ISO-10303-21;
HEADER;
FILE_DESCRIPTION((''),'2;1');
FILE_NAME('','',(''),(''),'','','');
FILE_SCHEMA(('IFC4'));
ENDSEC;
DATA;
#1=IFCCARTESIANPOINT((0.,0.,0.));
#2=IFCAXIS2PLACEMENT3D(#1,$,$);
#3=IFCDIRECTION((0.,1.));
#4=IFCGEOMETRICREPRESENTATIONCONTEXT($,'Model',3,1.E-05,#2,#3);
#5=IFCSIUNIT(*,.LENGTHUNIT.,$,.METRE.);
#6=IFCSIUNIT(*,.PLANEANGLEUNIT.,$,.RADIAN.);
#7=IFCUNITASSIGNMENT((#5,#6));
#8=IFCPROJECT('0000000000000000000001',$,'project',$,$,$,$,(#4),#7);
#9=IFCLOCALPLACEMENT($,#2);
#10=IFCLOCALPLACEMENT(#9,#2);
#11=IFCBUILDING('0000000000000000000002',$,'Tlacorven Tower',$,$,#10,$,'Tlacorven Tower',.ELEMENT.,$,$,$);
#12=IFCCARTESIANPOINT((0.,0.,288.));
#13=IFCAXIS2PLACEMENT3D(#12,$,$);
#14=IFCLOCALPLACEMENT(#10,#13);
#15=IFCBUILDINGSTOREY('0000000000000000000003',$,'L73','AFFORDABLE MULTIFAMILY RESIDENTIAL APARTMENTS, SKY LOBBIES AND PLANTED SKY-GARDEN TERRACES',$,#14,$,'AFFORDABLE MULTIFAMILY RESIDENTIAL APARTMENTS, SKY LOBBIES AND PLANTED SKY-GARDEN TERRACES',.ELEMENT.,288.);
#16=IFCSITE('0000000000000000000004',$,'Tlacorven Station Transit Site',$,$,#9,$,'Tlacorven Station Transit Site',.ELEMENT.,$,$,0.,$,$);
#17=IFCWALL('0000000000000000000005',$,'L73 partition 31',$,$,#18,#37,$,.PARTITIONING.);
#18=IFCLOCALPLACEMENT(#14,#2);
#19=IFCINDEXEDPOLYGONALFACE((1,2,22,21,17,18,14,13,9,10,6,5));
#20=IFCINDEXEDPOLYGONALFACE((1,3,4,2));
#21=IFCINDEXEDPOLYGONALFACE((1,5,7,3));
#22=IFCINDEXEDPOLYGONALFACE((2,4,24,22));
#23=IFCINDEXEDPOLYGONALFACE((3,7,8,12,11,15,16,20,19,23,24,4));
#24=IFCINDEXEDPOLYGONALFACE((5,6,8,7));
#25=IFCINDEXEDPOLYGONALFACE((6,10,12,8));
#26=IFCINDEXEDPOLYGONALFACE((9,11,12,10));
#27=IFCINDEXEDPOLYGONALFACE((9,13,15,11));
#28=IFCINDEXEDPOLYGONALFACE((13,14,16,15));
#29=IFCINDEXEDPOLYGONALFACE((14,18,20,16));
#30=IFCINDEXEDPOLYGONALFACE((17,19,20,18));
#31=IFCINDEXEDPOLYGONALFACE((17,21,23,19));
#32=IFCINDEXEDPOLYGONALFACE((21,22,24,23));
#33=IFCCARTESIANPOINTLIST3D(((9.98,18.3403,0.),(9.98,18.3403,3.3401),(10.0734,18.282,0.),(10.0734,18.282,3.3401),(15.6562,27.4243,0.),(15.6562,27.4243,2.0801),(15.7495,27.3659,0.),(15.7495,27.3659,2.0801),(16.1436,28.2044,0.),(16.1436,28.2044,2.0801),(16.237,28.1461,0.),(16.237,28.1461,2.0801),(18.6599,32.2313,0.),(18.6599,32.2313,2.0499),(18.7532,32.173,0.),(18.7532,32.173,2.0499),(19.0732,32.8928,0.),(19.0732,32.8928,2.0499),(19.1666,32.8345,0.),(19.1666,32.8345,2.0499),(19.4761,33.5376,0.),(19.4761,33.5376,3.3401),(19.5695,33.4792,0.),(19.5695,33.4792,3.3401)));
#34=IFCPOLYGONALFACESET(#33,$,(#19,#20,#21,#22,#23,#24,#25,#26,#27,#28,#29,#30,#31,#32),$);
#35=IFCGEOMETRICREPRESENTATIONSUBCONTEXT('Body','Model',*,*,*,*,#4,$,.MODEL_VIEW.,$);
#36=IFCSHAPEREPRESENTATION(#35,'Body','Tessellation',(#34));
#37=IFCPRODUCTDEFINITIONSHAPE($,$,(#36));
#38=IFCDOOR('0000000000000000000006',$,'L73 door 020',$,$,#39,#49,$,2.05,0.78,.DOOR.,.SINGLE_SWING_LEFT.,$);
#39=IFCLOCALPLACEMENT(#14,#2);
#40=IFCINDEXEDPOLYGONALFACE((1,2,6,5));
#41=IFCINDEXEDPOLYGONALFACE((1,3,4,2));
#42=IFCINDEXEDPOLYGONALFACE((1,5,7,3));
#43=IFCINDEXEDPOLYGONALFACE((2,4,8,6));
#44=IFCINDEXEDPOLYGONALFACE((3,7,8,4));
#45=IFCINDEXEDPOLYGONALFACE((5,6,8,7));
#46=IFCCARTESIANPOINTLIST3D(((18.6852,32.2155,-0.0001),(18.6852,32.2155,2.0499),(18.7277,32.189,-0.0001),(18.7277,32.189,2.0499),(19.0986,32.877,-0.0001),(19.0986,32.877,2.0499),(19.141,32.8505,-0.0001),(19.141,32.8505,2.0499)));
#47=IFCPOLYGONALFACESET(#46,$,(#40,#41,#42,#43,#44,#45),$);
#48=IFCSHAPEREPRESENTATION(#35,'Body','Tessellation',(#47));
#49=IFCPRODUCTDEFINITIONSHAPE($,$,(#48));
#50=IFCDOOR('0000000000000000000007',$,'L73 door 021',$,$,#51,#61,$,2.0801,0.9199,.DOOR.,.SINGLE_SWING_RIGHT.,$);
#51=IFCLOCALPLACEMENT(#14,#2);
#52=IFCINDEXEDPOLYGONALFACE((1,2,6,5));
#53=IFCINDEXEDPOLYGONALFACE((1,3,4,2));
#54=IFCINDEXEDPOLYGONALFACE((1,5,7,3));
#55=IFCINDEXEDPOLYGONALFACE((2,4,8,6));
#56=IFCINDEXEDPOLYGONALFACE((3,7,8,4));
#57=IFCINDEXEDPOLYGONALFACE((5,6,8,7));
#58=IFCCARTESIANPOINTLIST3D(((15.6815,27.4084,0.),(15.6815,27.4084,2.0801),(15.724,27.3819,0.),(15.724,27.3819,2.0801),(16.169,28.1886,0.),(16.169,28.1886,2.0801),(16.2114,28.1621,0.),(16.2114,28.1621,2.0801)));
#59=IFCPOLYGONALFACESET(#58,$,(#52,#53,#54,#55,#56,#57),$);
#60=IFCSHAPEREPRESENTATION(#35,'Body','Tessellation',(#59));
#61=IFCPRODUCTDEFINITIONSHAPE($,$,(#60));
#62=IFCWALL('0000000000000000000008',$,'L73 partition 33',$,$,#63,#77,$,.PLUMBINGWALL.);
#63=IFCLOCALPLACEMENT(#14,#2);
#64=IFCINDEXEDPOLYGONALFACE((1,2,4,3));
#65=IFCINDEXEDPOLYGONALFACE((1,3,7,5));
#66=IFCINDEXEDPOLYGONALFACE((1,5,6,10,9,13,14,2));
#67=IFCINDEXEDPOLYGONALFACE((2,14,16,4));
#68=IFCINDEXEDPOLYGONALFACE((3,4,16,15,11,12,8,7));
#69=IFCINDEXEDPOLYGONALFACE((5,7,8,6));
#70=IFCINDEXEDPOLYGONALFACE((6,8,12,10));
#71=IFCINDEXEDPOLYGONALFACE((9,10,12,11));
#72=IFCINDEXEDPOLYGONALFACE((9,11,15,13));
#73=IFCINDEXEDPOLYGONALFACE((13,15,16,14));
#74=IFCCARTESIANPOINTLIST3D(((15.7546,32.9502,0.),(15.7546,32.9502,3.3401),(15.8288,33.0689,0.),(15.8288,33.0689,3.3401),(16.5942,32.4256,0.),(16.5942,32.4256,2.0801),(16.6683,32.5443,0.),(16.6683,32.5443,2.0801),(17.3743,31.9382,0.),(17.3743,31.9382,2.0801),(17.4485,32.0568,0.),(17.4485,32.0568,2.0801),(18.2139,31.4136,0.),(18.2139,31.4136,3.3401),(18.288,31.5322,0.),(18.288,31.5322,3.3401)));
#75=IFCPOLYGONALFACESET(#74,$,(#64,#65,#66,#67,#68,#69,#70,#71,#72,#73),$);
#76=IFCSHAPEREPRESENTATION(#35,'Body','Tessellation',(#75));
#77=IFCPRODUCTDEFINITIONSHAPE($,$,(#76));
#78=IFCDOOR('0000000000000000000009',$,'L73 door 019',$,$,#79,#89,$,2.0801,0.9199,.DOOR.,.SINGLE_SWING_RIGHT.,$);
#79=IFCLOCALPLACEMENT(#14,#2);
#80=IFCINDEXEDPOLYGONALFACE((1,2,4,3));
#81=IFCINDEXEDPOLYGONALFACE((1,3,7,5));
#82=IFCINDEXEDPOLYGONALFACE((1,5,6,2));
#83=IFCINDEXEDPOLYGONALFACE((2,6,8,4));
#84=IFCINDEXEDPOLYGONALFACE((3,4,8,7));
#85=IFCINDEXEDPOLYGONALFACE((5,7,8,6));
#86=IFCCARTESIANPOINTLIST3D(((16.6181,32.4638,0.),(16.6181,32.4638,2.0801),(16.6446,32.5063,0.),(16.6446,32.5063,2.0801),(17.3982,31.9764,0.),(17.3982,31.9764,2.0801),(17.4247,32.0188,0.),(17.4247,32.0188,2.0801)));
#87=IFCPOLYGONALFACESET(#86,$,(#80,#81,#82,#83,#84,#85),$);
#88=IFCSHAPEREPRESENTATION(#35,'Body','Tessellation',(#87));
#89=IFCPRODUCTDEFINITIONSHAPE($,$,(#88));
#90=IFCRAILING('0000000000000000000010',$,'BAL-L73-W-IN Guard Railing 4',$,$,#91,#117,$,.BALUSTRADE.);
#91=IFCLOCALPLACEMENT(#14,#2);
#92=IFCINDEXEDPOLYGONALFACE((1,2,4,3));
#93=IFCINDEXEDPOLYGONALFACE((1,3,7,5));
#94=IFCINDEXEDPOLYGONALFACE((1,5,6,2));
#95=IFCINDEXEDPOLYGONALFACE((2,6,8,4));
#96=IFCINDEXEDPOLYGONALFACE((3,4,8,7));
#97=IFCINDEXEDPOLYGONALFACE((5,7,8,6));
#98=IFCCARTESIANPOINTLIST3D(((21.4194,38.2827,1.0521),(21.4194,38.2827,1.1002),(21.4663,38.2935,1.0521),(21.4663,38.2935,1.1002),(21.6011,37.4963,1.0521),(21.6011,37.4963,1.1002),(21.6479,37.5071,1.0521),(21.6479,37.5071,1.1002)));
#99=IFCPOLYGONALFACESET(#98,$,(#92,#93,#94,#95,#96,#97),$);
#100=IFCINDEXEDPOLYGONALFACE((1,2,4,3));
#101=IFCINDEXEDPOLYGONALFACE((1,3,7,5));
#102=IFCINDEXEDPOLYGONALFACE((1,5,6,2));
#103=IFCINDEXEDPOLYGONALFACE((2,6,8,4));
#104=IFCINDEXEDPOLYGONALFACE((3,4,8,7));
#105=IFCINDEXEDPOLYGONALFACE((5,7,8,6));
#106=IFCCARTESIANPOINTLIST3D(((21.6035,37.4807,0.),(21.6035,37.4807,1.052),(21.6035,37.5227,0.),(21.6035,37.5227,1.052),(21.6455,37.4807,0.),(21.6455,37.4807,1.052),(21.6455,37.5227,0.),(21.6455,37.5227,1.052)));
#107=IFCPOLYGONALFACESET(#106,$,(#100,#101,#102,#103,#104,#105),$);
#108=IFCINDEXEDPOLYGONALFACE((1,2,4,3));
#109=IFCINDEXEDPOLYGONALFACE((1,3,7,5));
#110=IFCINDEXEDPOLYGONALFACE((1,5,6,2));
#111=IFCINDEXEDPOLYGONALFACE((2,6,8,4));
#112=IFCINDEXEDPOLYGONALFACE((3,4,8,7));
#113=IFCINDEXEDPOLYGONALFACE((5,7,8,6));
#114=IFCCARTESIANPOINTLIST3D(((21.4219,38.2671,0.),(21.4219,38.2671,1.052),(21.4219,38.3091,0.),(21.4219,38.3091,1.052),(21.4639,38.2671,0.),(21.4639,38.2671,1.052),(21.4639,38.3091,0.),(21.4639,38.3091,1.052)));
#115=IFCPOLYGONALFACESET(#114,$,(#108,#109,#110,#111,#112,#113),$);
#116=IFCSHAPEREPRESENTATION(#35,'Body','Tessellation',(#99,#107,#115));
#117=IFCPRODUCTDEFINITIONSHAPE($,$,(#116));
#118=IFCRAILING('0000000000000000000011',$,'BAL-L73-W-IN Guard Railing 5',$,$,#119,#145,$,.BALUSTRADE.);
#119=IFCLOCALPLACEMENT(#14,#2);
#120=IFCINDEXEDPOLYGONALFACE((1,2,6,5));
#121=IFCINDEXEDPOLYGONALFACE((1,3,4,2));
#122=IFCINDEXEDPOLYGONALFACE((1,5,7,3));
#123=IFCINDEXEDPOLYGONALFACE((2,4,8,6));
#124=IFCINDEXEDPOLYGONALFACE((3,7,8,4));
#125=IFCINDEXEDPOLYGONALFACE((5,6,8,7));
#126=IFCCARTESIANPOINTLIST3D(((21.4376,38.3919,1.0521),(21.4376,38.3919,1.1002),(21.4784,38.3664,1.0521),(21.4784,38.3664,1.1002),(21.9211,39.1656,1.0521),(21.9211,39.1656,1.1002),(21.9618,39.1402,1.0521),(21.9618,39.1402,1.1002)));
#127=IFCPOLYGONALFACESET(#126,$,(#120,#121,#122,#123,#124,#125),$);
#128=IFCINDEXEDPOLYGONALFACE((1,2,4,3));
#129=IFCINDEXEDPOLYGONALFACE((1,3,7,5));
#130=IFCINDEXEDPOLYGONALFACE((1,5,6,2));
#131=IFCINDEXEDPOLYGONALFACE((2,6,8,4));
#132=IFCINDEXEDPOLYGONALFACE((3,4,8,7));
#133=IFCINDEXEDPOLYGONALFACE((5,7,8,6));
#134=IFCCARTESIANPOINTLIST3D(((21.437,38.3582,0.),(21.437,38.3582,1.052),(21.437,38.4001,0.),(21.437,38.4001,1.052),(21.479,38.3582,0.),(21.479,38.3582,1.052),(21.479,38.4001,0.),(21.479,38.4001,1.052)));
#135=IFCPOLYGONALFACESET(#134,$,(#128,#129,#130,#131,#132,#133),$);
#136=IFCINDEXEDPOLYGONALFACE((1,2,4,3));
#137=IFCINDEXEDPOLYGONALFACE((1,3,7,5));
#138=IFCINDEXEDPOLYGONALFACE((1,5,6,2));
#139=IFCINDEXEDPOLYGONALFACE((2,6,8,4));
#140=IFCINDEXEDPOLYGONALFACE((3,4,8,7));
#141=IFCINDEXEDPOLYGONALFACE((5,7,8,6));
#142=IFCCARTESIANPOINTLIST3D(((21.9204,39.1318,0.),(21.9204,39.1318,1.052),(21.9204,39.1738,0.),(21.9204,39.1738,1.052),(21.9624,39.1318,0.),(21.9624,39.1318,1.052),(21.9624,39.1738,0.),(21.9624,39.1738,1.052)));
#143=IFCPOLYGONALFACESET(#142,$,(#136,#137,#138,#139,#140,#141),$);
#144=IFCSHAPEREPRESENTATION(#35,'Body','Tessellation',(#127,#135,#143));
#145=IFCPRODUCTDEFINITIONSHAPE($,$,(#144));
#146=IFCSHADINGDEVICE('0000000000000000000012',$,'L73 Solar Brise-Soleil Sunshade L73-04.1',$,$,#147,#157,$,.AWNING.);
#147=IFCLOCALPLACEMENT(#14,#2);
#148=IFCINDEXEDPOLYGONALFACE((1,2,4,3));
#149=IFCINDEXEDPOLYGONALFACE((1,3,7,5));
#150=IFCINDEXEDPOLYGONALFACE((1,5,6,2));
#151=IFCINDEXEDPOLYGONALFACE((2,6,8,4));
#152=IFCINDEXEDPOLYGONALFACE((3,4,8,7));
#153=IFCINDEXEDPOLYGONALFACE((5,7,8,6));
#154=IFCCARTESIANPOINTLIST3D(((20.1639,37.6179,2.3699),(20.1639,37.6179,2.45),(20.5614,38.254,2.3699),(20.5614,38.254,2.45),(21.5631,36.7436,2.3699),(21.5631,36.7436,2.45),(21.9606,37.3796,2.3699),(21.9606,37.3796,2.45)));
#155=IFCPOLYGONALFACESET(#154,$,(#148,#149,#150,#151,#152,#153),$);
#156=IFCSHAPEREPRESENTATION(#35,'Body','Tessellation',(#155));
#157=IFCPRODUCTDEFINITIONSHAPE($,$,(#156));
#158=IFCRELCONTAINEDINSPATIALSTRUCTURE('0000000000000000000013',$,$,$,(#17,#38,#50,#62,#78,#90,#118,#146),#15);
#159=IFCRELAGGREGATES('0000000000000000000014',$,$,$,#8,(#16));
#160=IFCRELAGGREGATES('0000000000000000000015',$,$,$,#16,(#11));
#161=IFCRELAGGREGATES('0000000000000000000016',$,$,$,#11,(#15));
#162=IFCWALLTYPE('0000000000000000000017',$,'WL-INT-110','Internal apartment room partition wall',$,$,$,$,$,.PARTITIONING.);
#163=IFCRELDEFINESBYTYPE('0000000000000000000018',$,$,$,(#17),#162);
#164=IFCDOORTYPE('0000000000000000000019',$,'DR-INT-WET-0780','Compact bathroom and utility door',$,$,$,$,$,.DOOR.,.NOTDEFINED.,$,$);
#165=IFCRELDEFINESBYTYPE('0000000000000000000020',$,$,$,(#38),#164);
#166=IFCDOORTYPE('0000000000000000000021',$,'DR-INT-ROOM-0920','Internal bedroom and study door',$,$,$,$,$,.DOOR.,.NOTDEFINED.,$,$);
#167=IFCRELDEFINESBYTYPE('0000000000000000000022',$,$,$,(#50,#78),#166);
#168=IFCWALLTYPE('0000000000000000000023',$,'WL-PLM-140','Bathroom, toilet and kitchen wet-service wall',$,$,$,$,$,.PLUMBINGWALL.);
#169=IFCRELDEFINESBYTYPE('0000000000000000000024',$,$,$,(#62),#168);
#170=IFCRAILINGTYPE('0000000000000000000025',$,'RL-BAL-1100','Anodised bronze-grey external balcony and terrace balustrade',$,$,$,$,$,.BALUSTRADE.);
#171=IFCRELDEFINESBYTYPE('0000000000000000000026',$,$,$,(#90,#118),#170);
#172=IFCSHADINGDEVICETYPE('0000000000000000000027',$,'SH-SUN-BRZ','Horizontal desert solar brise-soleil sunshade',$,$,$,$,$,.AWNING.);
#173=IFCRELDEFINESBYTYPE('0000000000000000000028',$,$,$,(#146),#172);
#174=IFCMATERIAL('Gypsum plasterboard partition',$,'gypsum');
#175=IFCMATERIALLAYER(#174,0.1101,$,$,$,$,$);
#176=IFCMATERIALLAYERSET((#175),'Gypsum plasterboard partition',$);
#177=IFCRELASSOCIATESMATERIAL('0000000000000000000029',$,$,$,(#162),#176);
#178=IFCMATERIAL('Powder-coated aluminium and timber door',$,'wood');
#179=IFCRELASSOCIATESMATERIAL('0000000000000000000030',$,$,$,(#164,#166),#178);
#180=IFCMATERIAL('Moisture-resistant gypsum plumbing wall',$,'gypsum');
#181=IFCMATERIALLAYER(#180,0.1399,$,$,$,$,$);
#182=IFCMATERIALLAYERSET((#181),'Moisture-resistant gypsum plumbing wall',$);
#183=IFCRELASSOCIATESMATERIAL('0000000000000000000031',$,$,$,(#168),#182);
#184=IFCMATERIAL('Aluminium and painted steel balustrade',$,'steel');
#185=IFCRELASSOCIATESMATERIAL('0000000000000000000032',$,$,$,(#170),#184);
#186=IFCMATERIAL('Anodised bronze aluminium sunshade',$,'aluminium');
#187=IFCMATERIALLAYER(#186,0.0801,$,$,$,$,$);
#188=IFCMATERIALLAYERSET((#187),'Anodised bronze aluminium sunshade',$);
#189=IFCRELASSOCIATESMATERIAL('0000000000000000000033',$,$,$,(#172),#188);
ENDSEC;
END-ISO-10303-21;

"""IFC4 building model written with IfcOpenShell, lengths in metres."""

from ifc_helpers import new_model, si_unit, direction, frame, frame_2d, origin, origin_2d, place, context, subcontext, project, spatial, rectangle, extrude, source, transform, mapped, material, layer, layer_set, type_object, element, fill, save


model = new_model("IFC4")

# Units and contexts
model_context = context("Model", 3, precision=1e-05, world=origin(), true_north=direction((0.0, 1.0)))
body_context = subcontext(model_context, "Body", "Model", "MODEL_VIEW")
ifc_project = project(units=[si_unit("LENGTHUNIT", "METRE"), si_unit("PLANEANGLEUNIT", "RADIAN")], contexts=[model_context])

# Site, building, storey
site_placement = place(None, origin())
site = spatial("IfcSite", under=ifc_project, at=site_placement, Name="Tlacorven Station Transit Site", LongName="Tlacorven Station Transit Site", CompositionType="ELEMENT", RefElevation=0.0)
building_placement = place(site_placement, origin())
building = spatial("IfcBuilding", under=site, at=building_placement, Name="Tlacorven Tower", LongName="Tlacorven Tower", CompositionType="ELEMENT")
storey_placement = place(building_placement, frame((0.0, 0.0, 288.0)))
storey = spatial("IfcBuildingStorey", under=building, at=storey_placement, Name="L73", Description="AFFORDABLE MULTIFAMILY RESIDENTIAL APARTMENTS, SKY LOBBIES AND PLANTED SKY-GARDEN TERRACES", LongName="AFFORDABLE MULTIFAMILY RESIDENTIAL APARTMENTS, SKY LOBBIES AND PLANTED SKY-GARDEN TERRACES", CompositionType="ELEMENT", Elevation=288.0)

# Shared definitions
ifc_material_1 = material(Name="Powder-coated aluminium and timber door", Category="wood")

# Wall, openings, doors
ifc_material_2 = material(Name="Gypsum plasterboard partition", Category="gypsum")
ifc_layer_1 = layer(ifc_material_2, 0.1101)
ifc_layer_set_1 = layer_set([ifc_layer_1], Name="Gypsum plasterboard partition")
wall_type_1 = type_object("IfcWallType", Name="WL-INT-110", Description="Internal apartment room partition wall", PredefinedType="PARTITIONING", material=ifc_layer_set_1)
wall_1_placement = place(storey_placement, frame((19.5227, 33.5083, 0.0), z_axis=(0.0, 0.0, 1.0), x_axis=(-0.529911, -0.848053, 0.0)))
wall_1 = element("IfcWall", 1, at=wall_1_placement, inside=storey, type_object=wall_type_1, Name="L73 partition 31", PredefinedType="PARTITIONING", context=body_context, shape_type="SweptSolid", body=[
    extrude(rectangle(XDim=17.9202, YDim=0.1101, at=frame_2d((8.96, 0.0))), origin(), (0.0, 0.0, 1.0), 3.3401),
])
opening_1_placement = place(wall_1_placement, frame((0.76, 0.0, 0.0)))
opening_1 = element("IfcOpeningElement", 2, at=opening_1_placement, cuts=wall_1, PredefinedType="OPENING", context=body_context, shape_type="SweptSolid", body=[
    extrude(rectangle(XDim=0.78, YDim=2.05, at=frame_2d((0.3901, 1.0249))), frame((0.0, 0.0649, 0.0), z_axis=(0.0, -1.0, 0.0), x_axis=(1.0, 0.0, 0.0)), (0.0, 0.0, 1.0), 0.1301),
])
opening_2_placement = place(wall_1_placement, frame((6.2886, 0.0, 0.0)))
opening_2 = element("IfcOpeningElement", 3, at=opening_2_placement, cuts=wall_1, PredefinedType="OPENING", context=body_context, shape_type="SweptSolid", body=[
    extrude(rectangle(XDim=0.9199, YDim=2.0801, at=frame_2d((0.46, 1.04))), frame((0.0, 0.0649, 0.0), z_axis=(0.0, -1.0, 0.0), x_axis=(1.0, 0.0, 0.0)), (0.0, 0.0, 1.0), 0.1301),
])
door_type_1 = type_object("IfcDoorType", Name="DR-INT-WET-0780", Description="Compact bathroom and utility door", OperationType="NOTDEFINED", PredefinedType="DOOR", material=ifc_material_1)
shared_shape_1 = source(origin(), body_context, "Body", "SweptSolid", [
    extrude(rectangle(XDim=0.78, YDim=2.05, at=frame_2d((0.3901, 1.0249))), frame((0.0, 0.0249, 0.0), z_axis=(0.0, -1.0, 0.0), x_axis=(1.0, 0.0, 0.0)), (0.0, 0.0, 1.0), 0.05),
])
door_1_placement = place(opening_1_placement, origin())
door_1 = element("IfcDoor", 4, at=door_1_placement, inside=storey, type_object=door_type_1, Name="L73 door 020", OperationType="SINGLE_SWING_LEFT", OverallHeight=2.05, OverallWidth=0.78, PredefinedType="DOOR", context=body_context, shape_type="MappedRepresentation", body=[
    mapped(shared_shape_1, transform((0.0, 0.0, 0.0), scale=1.0)),
])
fill(opening_1, door_1)
door_type_2 = type_object("IfcDoorType", Name="DR-INT-ROOM-0920", Description="Internal bedroom and study door", OperationType="NOTDEFINED", PredefinedType="DOOR", material=ifc_material_1)
shared_shape_2 = source(origin(), body_context, "Body", "SweptSolid", [
    extrude(rectangle(XDim=0.9199, YDim=2.0801, at=frame_2d((0.46, 1.04))), frame((0.0, 0.0249, 0.0), z_axis=(0.0, -1.0, 0.0), x_axis=(1.0, 0.0, 0.0)), (0.0, 0.0, 1.0), 0.05),
])
door_2_placement = place(opening_2_placement, origin())
door_2 = element("IfcDoor", 5, at=door_2_placement, inside=storey, type_object=door_type_2, Name="L73 door 021", OperationType="SINGLE_SWING_RIGHT", OverallHeight=2.0801, OverallWidth=0.9199, PredefinedType="DOOR", context=body_context, shape_type="MappedRepresentation", body=[
    mapped(shared_shape_2, transform((0.0, 0.0, 0.0), scale=1.0)),
])
fill(opening_2, door_2)

# Wall, opening, door
ifc_material_3 = material(Name="Moisture-resistant gypsum plumbing wall", Category="gypsum")
ifc_layer_2 = layer(ifc_material_3, 0.1399)
ifc_layer_set_2 = layer_set([ifc_layer_2], Name="Moisture-resistant gypsum plumbing wall")
wall_type_2 = type_object("IfcWallType", Name="WL-PLM-140", Description="Bathroom, toilet and kitchen wet-service wall", PredefinedType="PLUMBINGWALL", material=ifc_layer_set_2)
wall_2_placement = place(storey_placement, frame((18.251, 31.4729, 0.0), z_axis=(0.0, 0.0, 1.0), x_axis=(-0.84806, 0.529901, 0.0)))
wall_2 = element("IfcWall", 6, at=wall_2_placement, inside=storey, type_object=wall_type_2, Name="L73 partition 33", PredefinedType="PLUMBINGWALL", context=body_context, shape_type="SweptSolid", body=[
    extrude(rectangle(XDim=2.8999, YDim=0.1399, at=frame_2d((1.45, 0.0))), origin(), (0.0, 0.0, 1.0), 3.3401),
])
opening_3_placement = place(wall_2_placement, frame((0.99, 0.0, 0.0)))
opening_3 = element("IfcOpeningElement", 7, at=opening_3_placement, cuts=wall_2, PredefinedType="OPENING", context=body_context, shape_type="SweptSolid", body=[
    extrude(rectangle(XDim=0.9199, YDim=2.0801, at=frame_2d((0.46, 1.04))), frame((0.0, 0.0801, 0.0), z_axis=(0.0, -1.0, 0.0), x_axis=(1.0, 0.0, 0.0)), (0.0, 0.0, 1.0), 0.1599),
])
door_3_placement = place(opening_3_placement, origin())
door_3 = element("IfcDoor", 8, at=door_3_placement, inside=storey, type_object=door_type_2, Name="L73 door 019", OperationType="SINGLE_SWING_RIGHT", OverallHeight=2.0801, OverallWidth=0.9199, PredefinedType="DOOR", context=body_context, shape_type="MappedRepresentation", body=[
    mapped(shared_shape_2, transform((0.0, 0.0, 0.0), scale=1.0)),
])
fill(opening_3, door_3)

# Railings
ifc_material_4 = material(Name="Aluminium and painted steel balustrade", Category="steel")
railing_type = type_object("IfcRailingType", Name="RL-BAL-1100", Description="Anodised bronze-grey external balcony and terrace balustrade", PredefinedType="BALUSTRADE", material=ifc_material_4)
shared_shape_3 = source(origin(), body_context, "Body", "SweptSolid", [
    extrude(rectangle(XDim=0.0481, YDim=0.0481, at=origin_2d()), frame((0.0, 0.0, 1.0762), z_axis=(-0.225058, 0.974345, 0.0), x_axis=(-0.974345, -0.225058, 0.0)), (0.0, 0.0, 1.0), 0.8071),
    extrude(rectangle(XDim=0.042, YDim=0.042, at=origin_2d()), origin(), (0.0, 0.0, 1.0), 1.052),
    extrude(rectangle(XDim=0.042, YDim=0.042, at=origin_2d()), frame((-0.1816, 0.7864, 0.0)), (0.0, 0.0, 1.0), 1.052),
])
railing_1_placement = place(storey_placement, frame((21.6245, 37.5017, 0.0)))
element("IfcRailing", 9, at=railing_1_placement, inside=storey, type_object=railing_type, Name="BAL-L73-W-IN Guard Railing 4", PredefinedType="BALUSTRADE", context=body_context, shape_type="MappedRepresentation", body=[
    mapped(shared_shape_3, transform((0.0, 0.0, 0.0), scale=1.0)),
])
shared_shape_4 = source(origin(), body_context, "Body", "SweptSolid", [
    extrude(rectangle(XDim=0.0481, YDim=0.0481, at=origin_2d()), frame((0.0, 0.0, 1.0762), z_axis=(0.529879, 0.848073, 0.0), x_axis=(-0.848073, 0.529879, 0.0)), (0.0, 0.0, 1.0), 0.9124),
    extrude(rectangle(XDim=0.042, YDim=0.042, at=origin_2d()), origin(), (0.0, 0.0, 1.0), 1.052),
    extrude(rectangle(XDim=0.042, YDim=0.042, at=origin_2d()), frame((0.4834, 0.7737, 0.0)), (0.0, 0.0, 1.0), 1.052),
])
railing_2_placement = place(storey_placement, frame((21.458, 38.3792, 0.0)))
element("IfcRailing", 10, at=railing_2_placement, inside=storey, type_object=railing_type, Name="BAL-L73-W-IN Guard Railing 5", PredefinedType="BALUSTRADE", context=body_context, shape_type="MappedRepresentation", body=[
    mapped(shared_shape_4, transform((0.0, 0.0, 0.0), scale=1.0)),
])

# Shading device
ifc_material_5 = material(Name="Anodised bronze aluminium sunshade", Category="aluminium")
ifc_layer_3 = layer(ifc_material_5, 0.0801)
ifc_layer_set_3 = layer_set([ifc_layer_3], Name="Anodised bronze aluminium sunshade")
shading_device_type = type_object("IfcShadingDeviceType", Name="SH-SUN-BRZ", Description="Horizontal desert solar brise-soleil sunshade", PredefinedType="AWNING", material=ifc_layer_set_3)
shared_shape_5 = source(origin(), body_context, "Body", "SweptSolid", [
    extrude(rectangle(XDim=1.6499, YDim=0.75, at=origin_2d()), origin(), (0.0, 0.0, 1.0), 0.0801),
])
shading_device_placement = place(storey_placement, frame((21.0623, 37.4988, 2.3699), z_axis=(0.0, 0.0, 1.0), x_axis=(0.848048, -0.529919, 0.0)))
element("IfcShadingDevice", 11, at=shading_device_placement, inside=storey, type_object=shading_device_type, Name="L73 Solar Brise-Soleil Sunshade L73-04.1", PredefinedType="AWNING", context=body_context, shape_type="MappedRepresentation", body=[
    mapped(shared_shape_5, transform((0.0, 0.0, 0.0), scale=1.0)),
])

save(model, "model.ifc")
